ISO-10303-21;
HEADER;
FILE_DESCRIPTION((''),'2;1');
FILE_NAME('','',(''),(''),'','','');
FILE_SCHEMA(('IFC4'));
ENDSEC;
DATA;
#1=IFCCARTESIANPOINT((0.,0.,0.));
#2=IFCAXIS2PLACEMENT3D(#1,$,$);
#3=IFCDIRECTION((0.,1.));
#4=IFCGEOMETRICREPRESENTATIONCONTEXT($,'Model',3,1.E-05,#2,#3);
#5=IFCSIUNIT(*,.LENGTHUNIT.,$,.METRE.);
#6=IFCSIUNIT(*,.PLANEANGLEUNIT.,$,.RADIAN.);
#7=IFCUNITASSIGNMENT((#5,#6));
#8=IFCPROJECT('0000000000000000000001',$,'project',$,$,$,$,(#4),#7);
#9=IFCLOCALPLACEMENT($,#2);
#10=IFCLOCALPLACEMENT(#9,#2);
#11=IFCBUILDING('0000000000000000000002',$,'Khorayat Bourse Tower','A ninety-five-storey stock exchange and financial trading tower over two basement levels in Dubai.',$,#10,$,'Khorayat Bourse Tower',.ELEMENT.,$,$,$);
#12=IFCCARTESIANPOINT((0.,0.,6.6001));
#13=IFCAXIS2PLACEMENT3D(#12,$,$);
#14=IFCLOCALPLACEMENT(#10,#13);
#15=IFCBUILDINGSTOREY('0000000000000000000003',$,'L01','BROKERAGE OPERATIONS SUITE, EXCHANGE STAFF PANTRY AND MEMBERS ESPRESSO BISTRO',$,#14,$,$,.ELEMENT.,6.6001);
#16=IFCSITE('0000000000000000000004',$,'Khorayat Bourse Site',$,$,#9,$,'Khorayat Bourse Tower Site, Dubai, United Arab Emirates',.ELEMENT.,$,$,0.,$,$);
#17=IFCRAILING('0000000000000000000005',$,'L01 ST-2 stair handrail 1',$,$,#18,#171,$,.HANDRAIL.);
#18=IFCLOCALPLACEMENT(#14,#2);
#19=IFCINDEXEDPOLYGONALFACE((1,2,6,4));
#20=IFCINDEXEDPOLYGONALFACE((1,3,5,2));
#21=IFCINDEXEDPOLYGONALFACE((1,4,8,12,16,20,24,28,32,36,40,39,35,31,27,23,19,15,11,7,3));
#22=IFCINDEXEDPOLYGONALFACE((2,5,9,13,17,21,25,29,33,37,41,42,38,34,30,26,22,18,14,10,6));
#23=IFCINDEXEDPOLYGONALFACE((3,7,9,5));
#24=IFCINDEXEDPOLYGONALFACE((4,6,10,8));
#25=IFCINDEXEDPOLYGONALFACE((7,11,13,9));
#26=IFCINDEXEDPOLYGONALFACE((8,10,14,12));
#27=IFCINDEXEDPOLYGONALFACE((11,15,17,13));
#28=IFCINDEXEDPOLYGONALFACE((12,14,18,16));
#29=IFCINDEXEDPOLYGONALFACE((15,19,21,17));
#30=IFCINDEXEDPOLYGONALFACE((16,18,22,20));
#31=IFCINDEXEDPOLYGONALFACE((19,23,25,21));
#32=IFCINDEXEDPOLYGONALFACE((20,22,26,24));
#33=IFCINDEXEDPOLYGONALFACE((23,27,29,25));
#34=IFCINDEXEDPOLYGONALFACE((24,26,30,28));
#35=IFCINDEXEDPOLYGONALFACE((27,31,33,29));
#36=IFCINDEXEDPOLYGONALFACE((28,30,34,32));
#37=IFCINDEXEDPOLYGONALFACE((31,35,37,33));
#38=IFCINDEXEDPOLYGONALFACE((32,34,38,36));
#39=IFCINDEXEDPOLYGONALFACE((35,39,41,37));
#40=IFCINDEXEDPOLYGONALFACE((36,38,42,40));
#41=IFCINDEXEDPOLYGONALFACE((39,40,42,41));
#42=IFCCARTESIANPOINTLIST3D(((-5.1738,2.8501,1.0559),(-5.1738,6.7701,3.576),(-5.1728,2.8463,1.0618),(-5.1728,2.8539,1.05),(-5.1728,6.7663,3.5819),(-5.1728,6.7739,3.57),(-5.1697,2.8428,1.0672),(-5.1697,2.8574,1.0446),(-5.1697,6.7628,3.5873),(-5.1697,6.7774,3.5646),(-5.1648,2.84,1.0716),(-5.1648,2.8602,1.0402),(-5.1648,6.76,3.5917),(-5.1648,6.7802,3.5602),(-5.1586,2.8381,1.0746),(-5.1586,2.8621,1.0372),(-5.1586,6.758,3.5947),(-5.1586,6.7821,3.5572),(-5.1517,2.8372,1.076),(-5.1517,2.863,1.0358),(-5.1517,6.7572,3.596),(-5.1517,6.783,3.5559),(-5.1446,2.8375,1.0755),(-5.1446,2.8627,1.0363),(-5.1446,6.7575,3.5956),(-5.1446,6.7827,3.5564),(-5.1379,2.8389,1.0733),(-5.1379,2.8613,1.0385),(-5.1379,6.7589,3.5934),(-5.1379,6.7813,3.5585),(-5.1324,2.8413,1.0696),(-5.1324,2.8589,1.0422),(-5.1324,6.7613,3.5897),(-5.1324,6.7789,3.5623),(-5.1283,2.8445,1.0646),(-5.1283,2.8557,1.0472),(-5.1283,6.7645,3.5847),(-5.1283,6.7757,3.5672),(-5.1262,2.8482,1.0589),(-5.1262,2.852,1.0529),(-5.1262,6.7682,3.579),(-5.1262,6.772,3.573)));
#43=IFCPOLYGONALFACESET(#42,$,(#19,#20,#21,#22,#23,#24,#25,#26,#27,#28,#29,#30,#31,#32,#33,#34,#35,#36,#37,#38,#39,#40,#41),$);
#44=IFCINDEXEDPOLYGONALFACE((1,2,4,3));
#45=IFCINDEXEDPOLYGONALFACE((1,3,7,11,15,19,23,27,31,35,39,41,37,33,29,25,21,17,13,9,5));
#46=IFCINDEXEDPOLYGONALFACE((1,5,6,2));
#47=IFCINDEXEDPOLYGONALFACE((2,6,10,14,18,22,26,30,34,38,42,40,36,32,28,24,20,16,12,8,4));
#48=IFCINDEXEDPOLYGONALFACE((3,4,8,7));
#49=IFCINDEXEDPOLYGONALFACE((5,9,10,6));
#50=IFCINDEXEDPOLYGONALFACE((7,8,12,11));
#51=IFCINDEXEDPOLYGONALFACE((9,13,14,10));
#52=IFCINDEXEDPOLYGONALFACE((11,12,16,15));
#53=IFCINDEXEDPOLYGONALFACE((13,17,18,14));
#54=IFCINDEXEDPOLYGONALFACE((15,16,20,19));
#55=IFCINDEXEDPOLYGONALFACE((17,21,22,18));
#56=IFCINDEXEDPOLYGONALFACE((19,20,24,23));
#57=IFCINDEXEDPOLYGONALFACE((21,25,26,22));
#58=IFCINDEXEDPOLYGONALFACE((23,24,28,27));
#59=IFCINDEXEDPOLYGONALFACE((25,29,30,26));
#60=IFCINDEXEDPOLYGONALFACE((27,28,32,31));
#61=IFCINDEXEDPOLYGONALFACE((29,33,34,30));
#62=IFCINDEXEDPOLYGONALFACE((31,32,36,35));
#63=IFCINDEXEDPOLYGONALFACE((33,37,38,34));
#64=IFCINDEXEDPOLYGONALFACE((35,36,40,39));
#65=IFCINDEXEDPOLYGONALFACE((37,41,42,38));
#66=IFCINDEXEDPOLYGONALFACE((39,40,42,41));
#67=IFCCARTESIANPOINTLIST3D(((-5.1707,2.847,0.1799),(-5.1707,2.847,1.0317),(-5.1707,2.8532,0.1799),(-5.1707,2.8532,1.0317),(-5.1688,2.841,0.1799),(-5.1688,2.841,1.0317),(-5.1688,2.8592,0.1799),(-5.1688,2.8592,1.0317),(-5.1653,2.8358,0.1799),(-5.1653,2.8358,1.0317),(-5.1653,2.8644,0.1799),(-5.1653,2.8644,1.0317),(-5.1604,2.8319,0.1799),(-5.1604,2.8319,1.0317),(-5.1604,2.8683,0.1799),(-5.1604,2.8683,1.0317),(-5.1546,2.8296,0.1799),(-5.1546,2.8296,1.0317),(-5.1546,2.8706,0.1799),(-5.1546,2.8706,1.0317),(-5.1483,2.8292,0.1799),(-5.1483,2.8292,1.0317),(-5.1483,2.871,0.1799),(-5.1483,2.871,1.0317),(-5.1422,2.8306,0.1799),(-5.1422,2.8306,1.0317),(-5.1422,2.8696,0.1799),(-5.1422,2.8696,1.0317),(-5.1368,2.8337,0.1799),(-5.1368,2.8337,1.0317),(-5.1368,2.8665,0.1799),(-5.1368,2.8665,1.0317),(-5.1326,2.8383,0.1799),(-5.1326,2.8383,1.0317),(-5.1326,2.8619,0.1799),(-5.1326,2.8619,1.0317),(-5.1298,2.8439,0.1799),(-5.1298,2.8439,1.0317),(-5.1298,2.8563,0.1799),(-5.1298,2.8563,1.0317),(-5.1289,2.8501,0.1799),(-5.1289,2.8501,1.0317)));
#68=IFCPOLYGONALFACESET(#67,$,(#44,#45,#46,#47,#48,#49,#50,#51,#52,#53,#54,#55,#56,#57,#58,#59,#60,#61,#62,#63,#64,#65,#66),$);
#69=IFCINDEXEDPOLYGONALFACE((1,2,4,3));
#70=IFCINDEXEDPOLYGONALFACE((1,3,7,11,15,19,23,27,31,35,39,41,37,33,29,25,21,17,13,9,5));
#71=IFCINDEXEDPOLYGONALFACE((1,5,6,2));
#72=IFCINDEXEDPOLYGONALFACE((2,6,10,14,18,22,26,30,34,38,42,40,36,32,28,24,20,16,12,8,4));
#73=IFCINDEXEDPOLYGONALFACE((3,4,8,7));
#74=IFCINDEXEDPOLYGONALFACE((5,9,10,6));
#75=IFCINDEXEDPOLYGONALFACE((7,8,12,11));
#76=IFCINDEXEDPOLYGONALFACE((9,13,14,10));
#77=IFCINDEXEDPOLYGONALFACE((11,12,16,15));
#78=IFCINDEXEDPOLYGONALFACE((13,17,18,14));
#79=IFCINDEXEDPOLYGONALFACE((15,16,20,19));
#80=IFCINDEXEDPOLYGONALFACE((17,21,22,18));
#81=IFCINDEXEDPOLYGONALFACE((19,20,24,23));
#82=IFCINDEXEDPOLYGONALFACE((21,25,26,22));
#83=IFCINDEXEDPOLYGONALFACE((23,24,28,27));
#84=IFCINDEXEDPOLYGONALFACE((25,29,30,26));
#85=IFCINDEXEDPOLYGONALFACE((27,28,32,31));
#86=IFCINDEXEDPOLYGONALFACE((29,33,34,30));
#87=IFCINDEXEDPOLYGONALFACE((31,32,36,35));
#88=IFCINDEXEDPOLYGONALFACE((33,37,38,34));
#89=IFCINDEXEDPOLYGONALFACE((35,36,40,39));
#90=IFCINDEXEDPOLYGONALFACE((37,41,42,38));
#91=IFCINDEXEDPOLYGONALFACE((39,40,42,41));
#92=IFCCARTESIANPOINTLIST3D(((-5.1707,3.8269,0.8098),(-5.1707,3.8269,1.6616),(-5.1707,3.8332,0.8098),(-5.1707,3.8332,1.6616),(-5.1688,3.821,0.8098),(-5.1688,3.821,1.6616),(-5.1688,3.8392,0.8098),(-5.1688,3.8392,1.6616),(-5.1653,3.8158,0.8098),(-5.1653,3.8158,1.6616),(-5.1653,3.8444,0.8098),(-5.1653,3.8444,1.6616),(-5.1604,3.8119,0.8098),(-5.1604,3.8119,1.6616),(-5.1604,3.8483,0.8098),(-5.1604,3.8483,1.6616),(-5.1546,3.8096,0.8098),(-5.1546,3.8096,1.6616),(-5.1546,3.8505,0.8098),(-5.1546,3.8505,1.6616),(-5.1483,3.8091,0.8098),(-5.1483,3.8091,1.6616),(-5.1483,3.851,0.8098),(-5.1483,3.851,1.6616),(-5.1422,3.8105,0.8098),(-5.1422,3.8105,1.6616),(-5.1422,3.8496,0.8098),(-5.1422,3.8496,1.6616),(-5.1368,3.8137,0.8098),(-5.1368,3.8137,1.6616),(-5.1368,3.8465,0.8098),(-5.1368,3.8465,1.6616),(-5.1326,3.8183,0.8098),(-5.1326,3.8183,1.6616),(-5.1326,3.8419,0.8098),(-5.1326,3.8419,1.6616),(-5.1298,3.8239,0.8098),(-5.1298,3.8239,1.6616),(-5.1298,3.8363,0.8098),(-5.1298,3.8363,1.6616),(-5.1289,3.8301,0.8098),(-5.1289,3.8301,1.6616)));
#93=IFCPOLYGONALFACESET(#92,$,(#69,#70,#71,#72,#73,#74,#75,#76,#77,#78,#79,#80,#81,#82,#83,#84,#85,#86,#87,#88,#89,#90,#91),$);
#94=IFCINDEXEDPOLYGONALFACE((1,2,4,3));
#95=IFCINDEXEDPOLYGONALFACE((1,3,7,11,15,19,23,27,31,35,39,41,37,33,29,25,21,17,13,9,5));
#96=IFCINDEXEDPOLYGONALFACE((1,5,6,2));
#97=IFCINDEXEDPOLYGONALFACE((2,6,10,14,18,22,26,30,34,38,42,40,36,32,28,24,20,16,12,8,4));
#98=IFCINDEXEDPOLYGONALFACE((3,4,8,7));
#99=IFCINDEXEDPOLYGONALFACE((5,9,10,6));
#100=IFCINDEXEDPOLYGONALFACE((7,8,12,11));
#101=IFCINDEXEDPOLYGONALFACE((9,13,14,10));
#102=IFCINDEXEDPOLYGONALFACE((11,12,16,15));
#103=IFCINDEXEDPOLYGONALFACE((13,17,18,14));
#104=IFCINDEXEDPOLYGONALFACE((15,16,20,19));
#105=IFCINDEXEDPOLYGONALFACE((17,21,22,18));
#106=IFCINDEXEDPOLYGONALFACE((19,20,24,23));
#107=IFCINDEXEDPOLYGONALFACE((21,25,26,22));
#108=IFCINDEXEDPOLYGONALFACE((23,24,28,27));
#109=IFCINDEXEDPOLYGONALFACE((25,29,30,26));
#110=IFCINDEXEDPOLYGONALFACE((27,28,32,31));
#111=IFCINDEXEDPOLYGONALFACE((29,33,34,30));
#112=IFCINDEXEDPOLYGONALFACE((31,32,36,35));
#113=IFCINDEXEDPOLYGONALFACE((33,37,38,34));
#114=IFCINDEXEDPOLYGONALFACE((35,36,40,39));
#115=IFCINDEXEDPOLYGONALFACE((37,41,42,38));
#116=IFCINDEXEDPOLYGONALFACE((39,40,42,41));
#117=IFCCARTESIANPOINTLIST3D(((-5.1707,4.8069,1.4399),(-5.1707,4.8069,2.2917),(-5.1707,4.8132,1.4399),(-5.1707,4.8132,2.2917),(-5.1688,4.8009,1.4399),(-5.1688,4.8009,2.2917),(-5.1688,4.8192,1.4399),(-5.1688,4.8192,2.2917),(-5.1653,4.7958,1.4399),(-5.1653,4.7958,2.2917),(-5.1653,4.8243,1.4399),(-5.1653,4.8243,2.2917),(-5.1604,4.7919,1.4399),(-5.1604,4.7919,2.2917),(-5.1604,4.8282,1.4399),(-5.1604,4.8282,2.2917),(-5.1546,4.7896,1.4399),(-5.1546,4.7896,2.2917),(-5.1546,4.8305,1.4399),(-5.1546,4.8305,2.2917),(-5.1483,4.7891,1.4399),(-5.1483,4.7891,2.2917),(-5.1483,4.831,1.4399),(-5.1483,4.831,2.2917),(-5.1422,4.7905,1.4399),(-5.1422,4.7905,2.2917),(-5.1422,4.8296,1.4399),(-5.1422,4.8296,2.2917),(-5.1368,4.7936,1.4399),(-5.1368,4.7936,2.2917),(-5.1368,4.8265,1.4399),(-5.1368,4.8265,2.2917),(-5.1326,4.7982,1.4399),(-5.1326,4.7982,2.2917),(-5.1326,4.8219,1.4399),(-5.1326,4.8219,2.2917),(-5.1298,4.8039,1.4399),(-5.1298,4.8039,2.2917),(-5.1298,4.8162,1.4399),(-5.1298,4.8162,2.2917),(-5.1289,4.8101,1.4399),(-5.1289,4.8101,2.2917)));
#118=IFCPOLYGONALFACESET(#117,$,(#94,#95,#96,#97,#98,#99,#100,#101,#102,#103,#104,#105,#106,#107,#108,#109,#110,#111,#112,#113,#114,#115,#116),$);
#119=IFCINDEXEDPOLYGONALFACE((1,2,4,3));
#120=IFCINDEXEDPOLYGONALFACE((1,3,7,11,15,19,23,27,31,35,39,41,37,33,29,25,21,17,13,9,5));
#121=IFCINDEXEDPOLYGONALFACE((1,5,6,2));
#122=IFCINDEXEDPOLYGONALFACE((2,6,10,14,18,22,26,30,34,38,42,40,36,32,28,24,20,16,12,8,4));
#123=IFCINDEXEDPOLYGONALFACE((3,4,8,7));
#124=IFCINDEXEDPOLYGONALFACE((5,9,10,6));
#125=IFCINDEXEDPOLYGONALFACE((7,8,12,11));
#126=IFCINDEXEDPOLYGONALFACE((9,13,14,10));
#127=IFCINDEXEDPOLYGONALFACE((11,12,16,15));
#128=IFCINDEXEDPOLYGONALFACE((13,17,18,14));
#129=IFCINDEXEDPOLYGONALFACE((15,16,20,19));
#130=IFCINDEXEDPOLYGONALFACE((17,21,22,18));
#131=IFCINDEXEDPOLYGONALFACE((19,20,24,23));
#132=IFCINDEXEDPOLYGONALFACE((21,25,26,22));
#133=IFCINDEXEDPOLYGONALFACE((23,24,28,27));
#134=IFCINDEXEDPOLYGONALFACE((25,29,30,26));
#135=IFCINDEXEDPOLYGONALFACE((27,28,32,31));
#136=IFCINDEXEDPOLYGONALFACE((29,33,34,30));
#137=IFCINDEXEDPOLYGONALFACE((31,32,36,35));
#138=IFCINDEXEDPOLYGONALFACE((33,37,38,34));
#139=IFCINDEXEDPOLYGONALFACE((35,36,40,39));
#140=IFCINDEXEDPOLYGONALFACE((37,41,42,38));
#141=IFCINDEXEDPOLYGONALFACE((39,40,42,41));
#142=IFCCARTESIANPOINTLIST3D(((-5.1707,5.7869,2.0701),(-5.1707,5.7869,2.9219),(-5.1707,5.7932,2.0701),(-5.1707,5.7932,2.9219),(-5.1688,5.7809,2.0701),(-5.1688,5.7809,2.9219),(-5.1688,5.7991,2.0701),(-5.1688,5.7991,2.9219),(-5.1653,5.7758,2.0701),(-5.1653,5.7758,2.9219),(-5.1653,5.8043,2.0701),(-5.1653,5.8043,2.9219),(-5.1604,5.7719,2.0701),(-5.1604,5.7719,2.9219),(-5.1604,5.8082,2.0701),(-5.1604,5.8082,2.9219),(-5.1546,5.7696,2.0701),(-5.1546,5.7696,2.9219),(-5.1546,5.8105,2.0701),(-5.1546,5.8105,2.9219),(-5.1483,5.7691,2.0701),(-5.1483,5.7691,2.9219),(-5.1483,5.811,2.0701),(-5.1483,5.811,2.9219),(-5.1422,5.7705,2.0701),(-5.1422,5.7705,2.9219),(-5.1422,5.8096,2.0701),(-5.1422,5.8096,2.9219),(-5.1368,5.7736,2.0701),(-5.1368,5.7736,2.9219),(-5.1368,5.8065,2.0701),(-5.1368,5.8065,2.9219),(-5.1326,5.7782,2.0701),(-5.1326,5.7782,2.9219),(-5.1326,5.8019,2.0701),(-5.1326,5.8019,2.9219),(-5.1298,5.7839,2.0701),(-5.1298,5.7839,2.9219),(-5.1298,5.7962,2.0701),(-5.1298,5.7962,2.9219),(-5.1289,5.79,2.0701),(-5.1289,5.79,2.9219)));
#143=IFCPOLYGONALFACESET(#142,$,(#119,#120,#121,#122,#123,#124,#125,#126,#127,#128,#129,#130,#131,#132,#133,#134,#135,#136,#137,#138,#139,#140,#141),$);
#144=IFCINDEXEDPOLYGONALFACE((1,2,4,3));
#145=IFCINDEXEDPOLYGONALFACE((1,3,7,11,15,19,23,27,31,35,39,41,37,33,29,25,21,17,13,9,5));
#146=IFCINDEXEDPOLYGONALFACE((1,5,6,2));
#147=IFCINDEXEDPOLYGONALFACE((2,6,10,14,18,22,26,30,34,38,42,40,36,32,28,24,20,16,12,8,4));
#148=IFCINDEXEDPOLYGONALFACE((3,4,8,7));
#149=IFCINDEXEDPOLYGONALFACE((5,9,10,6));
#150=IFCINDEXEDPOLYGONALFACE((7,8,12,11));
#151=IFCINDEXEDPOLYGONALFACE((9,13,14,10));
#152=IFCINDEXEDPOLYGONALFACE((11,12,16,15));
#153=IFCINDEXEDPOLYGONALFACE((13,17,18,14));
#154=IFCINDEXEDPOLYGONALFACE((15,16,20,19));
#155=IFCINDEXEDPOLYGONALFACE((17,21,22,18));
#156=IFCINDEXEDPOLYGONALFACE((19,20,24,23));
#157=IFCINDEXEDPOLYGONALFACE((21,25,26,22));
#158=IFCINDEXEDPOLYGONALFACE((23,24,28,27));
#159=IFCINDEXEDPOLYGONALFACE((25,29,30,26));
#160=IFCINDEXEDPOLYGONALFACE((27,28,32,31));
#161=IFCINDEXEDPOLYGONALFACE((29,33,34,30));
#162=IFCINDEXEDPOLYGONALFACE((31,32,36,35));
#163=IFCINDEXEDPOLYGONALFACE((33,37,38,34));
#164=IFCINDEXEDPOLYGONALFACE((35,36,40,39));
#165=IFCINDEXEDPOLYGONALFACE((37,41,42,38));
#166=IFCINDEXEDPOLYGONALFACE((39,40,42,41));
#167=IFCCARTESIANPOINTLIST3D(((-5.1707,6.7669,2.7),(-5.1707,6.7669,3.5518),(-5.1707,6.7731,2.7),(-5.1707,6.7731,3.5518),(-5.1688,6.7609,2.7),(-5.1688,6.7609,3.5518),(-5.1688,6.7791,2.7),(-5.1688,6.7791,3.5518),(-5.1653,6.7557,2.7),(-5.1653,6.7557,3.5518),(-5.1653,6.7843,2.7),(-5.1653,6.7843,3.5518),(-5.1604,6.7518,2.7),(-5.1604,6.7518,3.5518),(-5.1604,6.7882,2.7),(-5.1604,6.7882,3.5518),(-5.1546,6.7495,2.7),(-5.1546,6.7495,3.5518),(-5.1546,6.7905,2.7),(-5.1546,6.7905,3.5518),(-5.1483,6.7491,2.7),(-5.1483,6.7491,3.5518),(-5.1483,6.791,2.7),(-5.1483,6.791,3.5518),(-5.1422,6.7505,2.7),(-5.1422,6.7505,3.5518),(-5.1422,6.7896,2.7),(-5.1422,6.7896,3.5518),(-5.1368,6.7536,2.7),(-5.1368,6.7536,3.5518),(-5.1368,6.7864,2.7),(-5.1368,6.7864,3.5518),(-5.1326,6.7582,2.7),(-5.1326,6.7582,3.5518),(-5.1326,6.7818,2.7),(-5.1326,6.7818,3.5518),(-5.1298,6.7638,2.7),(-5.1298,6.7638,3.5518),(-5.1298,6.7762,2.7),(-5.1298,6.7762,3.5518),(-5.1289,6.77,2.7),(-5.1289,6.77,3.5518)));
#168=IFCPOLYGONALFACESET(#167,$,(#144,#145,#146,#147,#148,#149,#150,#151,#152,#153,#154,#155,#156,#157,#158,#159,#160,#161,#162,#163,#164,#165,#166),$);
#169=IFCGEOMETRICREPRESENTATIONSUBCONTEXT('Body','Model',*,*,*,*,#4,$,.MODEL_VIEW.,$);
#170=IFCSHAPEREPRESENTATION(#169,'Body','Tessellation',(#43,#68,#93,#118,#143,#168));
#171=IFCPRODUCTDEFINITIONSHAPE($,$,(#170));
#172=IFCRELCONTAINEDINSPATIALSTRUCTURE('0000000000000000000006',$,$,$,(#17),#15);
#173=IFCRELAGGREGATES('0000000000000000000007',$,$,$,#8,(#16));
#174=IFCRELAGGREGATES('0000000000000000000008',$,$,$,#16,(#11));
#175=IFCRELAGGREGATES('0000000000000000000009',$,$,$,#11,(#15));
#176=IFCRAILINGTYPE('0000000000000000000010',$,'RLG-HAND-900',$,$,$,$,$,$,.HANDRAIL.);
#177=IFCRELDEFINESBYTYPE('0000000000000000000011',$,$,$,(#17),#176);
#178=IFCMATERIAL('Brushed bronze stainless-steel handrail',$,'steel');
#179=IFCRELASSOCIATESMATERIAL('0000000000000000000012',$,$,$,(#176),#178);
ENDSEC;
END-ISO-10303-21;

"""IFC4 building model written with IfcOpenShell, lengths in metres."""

from ifc_helpers import new_model, si_unit, direction, frame, origin, origin_2d, place, context, subcontext, project, spatial, circle, extrude, source, transform, mapped, material, type_object, element, save


model = new_model("IFC4")

# Units and contexts
model_context = context("Model", 3, precision=1e-05, world=origin(), true_north=direction((0.0, 1.0)))
body_context = subcontext(model_context, "Body", "Model", "MODEL_VIEW")
ifc_project = project(units=[si_unit("LENGTHUNIT", "METRE"), si_unit("PLANEANGLEUNIT", "RADIAN")], contexts=[model_context])

# Site, building, storey
site_placement = place(None, origin())
site = spatial("IfcSite", under=ifc_project, at=site_placement, Name="Khorayat Bourse Site", LongName="Khorayat Bourse Tower Site, Dubai, United Arab Emirates", CompositionType="ELEMENT", RefElevation=0.0)
building_placement = place(site_placement, origin())
building = spatial("IfcBuilding", under=site, at=building_placement, Name="Khorayat Bourse Tower", Description="A ninety-five-storey stock exchange and financial trading tower over two basement levels in Dubai.", LongName="Khorayat Bourse Tower", CompositionType="ELEMENT")
storey_placement = place(building_placement, frame((0.0, 0.0, 6.6001)))
storey = spatial("IfcBuildingStorey", under=building, at=storey_placement, Name="L01", Description="BROKERAGE OPERATIONS SUITE, EXCHANGE STAFF PANTRY AND MEMBERS ESPRESSO BISTRO", CompositionType="ELEMENT", Elevation=6.6001)

# Railing
ifc_material_1 = material(Name="Brushed bronze stainless-steel handrail", Category="steel")
railing_type_1 = type_object("IfcRailingType", Name="RLG-HAND-900", PredefinedType="HANDRAIL", material=ifc_material_1)
shared_shape_1 = source(origin(), body_context, "Body", "SweptSolid", [
    extrude(circle(Radius=0.0239, at=origin_2d()), frame((0.0, 0.0, 0.876), z_axis=(0.0, 0.841172, 0.540768), x_axis=(-1.0, 0.0, 0.0)), (0.0, 0.0, 1.0), 4.6602),
    extrude(circle(Radius=0.021, at=origin_2d()), origin(), (0.0, 0.0, 1.0), 0.8518),
    extrude(circle(Radius=0.021, at=origin_2d()), frame((0.0, 0.98, 0.6299)), (0.0, 0.0, 1.0), 0.8518),
    extrude(circle(Radius=0.021, at=origin_2d()), frame((0.0, 1.96, 1.26)), (0.0, 0.0, 1.0), 0.8518),
    extrude(circle(Radius=0.021, at=origin_2d()), frame((0.0, 2.9399, 1.8901)), (0.0, 0.0, 1.0), 0.8518),
    extrude(circle(Radius=0.021, at=origin_2d()), frame((0.0, 3.9199, 2.52)), (0.0, 0.0, 1.0), 0.8518),
])
railing_1_placement = place(storey_placement, frame((-5.1499, 2.8501, 0.1799)))
element("IfcRailing", 1, at=railing_1_placement, inside=storey, type_object=railing_type_1, Name="L01 ST-2 stair handrail 1", PredefinedType="HANDRAIL", context=body_context, shape_type="MappedRepresentation", body=[
    mapped(shared_shape_1, transform((0.0, 0.0, 0.0), scale=1.0)),
])

save(model, "model.ifc")
